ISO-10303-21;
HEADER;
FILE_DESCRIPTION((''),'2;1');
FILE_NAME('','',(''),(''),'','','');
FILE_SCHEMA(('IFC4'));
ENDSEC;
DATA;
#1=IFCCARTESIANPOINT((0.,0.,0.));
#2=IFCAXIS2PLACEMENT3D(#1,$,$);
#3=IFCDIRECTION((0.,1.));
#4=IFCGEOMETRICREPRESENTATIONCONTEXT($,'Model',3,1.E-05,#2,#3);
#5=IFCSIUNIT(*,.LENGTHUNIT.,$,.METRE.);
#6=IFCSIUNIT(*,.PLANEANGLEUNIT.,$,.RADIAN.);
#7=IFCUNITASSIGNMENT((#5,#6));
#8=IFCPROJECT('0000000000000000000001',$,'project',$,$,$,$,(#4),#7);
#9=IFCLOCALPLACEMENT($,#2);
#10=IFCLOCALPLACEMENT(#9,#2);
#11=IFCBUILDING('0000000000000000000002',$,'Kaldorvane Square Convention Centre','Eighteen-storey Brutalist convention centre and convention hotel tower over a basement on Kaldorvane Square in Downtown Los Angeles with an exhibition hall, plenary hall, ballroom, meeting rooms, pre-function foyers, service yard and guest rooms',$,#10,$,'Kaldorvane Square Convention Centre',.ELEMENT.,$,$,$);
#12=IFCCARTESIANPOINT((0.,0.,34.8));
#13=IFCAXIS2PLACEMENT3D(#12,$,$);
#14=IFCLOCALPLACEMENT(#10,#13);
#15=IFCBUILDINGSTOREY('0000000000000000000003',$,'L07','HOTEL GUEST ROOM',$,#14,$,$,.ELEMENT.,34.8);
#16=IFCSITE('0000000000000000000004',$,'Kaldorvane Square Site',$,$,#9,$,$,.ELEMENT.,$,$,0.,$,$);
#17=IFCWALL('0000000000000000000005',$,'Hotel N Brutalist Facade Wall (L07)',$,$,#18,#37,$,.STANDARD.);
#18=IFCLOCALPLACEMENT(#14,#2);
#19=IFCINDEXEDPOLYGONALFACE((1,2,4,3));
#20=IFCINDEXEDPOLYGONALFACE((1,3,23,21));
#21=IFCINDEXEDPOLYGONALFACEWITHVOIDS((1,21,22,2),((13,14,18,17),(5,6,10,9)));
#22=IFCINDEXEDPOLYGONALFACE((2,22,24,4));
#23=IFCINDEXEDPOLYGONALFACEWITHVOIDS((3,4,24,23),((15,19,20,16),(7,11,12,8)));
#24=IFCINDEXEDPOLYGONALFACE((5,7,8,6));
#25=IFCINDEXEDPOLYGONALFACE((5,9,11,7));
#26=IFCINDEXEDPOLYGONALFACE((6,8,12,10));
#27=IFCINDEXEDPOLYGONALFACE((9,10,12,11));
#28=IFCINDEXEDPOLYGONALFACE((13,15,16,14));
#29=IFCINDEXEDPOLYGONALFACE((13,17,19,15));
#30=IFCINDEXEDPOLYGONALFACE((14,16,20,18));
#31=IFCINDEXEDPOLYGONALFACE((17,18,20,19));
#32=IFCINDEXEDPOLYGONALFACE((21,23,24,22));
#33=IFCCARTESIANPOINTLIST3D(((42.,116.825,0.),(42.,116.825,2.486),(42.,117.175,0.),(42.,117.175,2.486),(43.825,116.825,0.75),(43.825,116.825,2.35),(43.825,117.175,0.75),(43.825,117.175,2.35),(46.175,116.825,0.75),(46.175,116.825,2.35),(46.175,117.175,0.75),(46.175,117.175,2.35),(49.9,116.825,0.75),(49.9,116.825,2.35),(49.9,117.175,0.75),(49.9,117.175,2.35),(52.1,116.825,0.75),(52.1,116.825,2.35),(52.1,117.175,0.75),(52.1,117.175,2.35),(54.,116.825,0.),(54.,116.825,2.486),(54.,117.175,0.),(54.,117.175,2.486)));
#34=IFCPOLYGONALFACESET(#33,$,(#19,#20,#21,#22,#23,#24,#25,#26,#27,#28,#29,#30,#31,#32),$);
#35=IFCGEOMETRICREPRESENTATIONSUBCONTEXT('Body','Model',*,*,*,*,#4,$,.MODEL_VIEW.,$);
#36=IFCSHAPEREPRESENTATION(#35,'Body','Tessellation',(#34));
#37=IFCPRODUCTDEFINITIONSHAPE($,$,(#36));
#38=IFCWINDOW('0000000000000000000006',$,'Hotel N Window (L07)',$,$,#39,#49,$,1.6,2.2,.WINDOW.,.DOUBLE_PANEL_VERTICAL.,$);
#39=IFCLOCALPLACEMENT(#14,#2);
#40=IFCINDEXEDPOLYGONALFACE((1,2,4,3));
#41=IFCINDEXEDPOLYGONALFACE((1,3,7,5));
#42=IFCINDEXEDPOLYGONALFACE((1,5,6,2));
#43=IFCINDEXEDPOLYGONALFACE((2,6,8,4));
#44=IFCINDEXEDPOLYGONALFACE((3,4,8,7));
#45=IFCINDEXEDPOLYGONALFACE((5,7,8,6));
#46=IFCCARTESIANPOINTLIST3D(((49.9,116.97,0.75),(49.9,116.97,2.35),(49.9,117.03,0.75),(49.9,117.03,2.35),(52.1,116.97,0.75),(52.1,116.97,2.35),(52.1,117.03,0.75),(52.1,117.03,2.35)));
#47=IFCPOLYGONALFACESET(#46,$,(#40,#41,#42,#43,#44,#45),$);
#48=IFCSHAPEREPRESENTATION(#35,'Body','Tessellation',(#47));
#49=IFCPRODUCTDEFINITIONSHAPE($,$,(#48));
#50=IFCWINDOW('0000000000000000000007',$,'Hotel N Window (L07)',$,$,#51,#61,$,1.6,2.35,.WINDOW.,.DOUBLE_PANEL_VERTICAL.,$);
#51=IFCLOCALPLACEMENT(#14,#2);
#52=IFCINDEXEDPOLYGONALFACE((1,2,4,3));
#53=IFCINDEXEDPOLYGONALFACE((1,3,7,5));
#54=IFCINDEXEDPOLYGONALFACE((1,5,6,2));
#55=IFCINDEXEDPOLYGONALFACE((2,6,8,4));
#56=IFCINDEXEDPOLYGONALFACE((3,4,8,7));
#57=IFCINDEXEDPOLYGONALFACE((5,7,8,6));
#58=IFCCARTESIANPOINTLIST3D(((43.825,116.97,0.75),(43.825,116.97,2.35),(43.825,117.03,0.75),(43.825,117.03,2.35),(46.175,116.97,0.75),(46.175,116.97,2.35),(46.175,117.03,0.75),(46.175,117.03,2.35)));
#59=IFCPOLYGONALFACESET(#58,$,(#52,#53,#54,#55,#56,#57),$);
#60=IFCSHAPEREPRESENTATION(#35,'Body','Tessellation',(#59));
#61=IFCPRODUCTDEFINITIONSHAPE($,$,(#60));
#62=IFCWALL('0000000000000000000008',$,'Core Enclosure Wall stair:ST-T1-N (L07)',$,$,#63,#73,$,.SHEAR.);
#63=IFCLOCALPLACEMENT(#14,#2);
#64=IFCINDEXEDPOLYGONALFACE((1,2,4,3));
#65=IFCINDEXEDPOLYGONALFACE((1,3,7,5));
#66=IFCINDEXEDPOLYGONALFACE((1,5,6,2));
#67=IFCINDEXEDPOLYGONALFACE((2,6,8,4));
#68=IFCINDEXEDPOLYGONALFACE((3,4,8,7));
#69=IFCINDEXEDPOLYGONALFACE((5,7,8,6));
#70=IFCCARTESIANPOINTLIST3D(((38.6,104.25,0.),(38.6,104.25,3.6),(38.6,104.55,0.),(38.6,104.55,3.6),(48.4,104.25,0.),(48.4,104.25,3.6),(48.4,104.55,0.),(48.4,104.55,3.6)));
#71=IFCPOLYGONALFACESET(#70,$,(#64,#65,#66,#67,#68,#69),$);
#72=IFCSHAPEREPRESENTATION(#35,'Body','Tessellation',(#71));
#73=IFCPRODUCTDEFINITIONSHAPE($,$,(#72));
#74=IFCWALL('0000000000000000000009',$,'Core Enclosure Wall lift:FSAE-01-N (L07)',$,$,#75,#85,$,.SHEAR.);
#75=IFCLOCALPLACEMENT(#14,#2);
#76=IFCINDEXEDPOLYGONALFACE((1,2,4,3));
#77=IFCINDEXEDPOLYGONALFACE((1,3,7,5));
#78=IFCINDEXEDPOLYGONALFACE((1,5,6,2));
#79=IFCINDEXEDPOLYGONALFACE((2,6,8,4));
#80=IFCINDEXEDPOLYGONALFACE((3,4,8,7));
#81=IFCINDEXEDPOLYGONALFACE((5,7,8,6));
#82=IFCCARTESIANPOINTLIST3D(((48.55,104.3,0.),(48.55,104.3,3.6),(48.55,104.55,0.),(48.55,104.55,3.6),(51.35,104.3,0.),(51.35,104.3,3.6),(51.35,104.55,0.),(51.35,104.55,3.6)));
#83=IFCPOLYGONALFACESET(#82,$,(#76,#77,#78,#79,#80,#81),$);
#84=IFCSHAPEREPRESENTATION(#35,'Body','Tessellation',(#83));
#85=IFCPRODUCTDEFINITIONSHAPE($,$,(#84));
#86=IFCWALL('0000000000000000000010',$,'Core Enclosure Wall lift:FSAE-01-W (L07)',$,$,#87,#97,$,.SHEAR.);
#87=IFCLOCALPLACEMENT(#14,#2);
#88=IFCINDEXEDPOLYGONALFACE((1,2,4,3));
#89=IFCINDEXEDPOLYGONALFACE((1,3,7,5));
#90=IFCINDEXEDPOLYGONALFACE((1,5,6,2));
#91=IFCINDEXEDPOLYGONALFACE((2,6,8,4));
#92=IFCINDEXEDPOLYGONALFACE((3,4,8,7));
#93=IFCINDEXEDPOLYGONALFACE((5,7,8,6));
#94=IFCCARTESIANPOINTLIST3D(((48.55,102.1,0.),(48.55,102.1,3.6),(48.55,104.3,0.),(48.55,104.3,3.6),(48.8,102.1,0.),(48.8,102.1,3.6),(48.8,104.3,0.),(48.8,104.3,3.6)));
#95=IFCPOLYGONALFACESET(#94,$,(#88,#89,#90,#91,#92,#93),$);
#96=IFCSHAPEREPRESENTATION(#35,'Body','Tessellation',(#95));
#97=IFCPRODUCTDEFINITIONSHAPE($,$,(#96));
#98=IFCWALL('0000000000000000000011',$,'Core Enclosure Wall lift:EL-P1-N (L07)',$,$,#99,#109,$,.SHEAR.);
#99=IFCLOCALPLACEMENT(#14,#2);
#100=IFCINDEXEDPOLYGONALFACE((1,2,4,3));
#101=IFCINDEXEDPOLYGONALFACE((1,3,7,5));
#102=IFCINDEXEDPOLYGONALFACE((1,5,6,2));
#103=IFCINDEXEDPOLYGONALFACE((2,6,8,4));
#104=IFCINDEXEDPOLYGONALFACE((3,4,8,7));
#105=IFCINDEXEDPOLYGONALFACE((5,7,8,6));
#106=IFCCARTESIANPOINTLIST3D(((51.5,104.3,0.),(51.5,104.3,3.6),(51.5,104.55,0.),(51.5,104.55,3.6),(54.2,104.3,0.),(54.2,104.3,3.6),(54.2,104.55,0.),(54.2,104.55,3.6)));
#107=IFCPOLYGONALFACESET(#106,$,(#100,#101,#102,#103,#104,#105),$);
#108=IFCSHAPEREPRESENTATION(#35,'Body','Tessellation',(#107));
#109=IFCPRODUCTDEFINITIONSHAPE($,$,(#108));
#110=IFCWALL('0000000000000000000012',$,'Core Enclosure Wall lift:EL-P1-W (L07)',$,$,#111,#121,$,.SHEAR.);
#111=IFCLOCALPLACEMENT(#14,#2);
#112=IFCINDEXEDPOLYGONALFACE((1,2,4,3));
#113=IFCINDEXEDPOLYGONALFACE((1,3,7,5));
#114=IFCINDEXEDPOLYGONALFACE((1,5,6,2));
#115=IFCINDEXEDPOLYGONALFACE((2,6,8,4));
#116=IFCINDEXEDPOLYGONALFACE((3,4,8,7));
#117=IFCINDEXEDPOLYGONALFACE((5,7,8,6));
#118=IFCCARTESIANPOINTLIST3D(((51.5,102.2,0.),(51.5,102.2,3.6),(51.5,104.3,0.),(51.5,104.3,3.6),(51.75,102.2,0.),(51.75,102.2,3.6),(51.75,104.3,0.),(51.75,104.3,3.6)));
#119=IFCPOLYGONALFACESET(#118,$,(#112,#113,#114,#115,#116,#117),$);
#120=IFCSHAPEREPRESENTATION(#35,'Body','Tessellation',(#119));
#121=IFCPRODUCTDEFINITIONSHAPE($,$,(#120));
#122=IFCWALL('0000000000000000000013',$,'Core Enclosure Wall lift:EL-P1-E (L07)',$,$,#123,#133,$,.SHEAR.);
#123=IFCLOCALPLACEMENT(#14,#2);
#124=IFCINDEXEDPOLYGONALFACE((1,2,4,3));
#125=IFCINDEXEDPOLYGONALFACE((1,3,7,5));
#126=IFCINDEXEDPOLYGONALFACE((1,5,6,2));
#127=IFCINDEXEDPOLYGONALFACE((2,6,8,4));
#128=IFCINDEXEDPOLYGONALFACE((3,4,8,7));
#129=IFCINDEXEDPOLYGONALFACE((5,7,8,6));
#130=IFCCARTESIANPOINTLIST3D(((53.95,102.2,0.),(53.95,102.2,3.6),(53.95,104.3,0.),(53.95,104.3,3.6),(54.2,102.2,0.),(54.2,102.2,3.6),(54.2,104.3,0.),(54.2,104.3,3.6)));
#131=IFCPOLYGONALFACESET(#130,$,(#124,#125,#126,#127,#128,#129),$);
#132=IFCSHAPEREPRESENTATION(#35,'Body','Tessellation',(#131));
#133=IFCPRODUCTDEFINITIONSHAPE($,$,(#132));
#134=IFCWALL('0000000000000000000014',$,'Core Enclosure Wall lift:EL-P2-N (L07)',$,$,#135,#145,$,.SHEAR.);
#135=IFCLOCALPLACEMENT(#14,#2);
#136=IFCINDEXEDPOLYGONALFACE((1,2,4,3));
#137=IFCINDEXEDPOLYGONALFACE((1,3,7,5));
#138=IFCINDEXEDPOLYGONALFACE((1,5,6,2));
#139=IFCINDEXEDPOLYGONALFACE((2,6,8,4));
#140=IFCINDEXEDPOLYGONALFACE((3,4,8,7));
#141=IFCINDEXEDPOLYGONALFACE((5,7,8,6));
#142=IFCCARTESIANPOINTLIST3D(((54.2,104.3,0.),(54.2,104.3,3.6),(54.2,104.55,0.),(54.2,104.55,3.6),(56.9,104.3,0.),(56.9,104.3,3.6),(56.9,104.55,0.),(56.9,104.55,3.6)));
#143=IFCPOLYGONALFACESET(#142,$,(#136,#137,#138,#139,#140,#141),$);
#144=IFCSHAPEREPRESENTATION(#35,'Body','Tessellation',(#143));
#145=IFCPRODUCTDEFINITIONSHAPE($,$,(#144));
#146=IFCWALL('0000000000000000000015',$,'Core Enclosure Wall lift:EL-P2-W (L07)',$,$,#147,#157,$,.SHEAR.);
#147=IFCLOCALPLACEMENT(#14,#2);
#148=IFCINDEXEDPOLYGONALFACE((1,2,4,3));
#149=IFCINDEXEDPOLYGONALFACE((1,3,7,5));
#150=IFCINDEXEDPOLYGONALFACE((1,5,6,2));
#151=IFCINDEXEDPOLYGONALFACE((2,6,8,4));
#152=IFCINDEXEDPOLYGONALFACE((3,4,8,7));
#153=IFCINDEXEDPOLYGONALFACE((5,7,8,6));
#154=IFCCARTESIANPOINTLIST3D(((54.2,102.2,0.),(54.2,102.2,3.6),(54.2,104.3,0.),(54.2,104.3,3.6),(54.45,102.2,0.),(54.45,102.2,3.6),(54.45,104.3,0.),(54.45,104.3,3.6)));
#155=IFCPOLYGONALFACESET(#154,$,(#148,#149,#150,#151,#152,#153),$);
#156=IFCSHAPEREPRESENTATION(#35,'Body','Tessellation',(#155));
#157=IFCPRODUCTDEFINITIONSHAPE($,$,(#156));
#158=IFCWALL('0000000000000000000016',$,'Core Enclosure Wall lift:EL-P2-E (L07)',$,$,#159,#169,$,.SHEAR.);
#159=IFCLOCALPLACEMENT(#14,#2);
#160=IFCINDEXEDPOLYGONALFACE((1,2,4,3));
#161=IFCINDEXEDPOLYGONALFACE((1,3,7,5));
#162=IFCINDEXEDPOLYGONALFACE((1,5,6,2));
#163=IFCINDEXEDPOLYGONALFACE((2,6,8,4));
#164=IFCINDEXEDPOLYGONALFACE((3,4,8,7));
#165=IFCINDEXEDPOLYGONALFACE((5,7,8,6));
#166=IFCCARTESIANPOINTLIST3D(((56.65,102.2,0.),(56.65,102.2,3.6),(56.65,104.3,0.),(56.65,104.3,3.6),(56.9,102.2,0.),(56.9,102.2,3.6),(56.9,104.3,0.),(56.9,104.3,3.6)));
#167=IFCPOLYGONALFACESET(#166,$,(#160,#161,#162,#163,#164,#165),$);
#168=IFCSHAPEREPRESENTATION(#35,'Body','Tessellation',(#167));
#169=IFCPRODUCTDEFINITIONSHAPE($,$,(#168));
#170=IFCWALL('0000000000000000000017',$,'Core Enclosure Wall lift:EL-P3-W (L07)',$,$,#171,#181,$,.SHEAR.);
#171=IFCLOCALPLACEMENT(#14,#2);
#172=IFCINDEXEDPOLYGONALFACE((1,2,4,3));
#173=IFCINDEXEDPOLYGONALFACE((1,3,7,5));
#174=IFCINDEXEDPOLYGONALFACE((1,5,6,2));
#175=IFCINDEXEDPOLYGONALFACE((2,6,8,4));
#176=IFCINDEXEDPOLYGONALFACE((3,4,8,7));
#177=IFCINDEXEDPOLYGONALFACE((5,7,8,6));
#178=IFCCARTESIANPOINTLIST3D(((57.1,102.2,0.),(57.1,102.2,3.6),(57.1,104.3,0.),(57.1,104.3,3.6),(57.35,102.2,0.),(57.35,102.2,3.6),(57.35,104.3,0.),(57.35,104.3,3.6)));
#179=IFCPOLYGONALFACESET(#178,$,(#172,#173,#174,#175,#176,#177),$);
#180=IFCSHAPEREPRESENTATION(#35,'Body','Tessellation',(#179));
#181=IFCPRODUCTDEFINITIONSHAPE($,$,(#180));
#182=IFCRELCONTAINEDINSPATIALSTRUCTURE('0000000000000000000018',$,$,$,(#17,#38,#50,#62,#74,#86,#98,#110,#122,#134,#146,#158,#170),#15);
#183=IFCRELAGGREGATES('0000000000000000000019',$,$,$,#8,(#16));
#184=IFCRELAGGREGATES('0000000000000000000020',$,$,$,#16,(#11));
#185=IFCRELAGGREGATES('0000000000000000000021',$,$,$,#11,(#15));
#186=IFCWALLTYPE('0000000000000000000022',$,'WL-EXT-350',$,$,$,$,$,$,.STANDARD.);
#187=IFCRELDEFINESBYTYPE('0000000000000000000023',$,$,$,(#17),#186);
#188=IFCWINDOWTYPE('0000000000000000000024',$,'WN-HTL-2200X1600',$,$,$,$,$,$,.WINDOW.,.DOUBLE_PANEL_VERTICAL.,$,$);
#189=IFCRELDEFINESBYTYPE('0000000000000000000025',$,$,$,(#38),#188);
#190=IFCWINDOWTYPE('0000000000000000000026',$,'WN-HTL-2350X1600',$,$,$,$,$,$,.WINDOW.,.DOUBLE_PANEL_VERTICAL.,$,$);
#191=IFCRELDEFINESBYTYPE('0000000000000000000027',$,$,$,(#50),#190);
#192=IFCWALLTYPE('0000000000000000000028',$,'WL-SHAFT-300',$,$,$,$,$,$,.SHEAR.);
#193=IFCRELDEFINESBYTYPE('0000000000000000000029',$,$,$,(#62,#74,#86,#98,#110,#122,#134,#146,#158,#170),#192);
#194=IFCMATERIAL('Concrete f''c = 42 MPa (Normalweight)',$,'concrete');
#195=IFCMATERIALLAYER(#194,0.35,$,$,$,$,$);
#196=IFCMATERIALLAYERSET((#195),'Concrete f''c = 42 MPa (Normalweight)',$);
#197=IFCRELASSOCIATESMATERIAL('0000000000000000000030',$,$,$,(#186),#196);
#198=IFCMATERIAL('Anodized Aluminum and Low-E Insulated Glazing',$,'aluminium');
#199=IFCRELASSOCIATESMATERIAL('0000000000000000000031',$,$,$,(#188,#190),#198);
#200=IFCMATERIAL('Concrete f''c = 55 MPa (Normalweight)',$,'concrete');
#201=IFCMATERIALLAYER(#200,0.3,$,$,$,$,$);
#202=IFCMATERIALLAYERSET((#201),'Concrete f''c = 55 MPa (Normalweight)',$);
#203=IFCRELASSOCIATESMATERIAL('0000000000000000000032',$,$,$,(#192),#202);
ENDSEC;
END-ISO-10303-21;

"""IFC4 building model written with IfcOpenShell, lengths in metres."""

from ifc_helpers import new_model, si_unit, direction, frame, frame_2d, origin, place, context, subcontext, project, spatial, rectangle, extrude, material, layer, layer_set, type_object, element, fill, save


model = new_model("IFC4")

# Units and contexts
model_context = context("Model", 3, precision=1e-05, world=origin(), true_north=direction((0.0, 1.0)))
body_context = subcontext(model_context, "Body", "Model", "MODEL_VIEW")
ifc_project = project(units=[si_unit("LENGTHUNIT", "METRE"), si_unit("PLANEANGLEUNIT", "RADIAN")], contexts=[model_context])

# Site, building, storey
site_placement = place(None, origin())
site = spatial("IfcSite", under=ifc_project, at=site_placement, Name="Kaldorvane Square Site", CompositionType="ELEMENT", RefElevation=0.0)
building_placement = place(site_placement, origin())
building = spatial("IfcBuilding", under=site, at=building_placement, Name="Kaldorvane Square Convention Centre", Description="Eighteen-storey Brutalist convention centre and convention hotel tower over a basement on Kaldorvane Square in Downtown Los Angeles with an exhibition hall, plenary hall, ballroom, meeting rooms, pre-function foyers, service yard and guest rooms", LongName="Kaldorvane Square Convention Centre", CompositionType="ELEMENT")
storey_placement = place(building_placement, frame((0.0, 0.0, 34.8)))
storey = spatial("IfcBuildingStorey", under=building, at=storey_placement, Name="L07", Description="HOTEL GUEST ROOM", CompositionType="ELEMENT", Elevation=34.8)

# Shared definitions
ifc_material_1 = material(Name="Concrete f'c = 55 MPa (Normalweight)", Category="concrete")

# Shared definitions
ifc_material_2 = material(Name="Concrete f'c = 42 MPa (Normalweight)", Category="concrete")

# Wall, openings, windows
ifc_layer_1 = layer(ifc_material_2, 0.35)
ifc_layer_set_1 = layer_set([ifc_layer_1], Name="Concrete f'c = 42 MPa (Normalweight)")
wall_type_1 = type_object("IfcWallType", Name="WL-EXT-350", PredefinedType="STANDARD", material=ifc_layer_set_1)
wall_1_placement = place(storey_placement, frame((54.0, 117.0, 0.0), z_axis=(0.0, 0.0, 1.0), x_axis=(-1.0, 0.0, 0.0)))
wall_1 = element("IfcWall", 1, at=wall_1_placement, inside=storey, type_object=wall_type_1, Name="Hotel N Brutalist Facade Wall (L07)", PredefinedType="STANDARD", context=body_context, shape_type="SweptSolid", body=[
    extrude(rectangle(XDim=12.0, YDim=0.35, at=frame_2d((6.0, 0.0))), origin(), (0.0, 0.0, 1.0), 2.486),
])
opening_1_placement = place(wall_1_placement, frame((1.9, 0.0, 0.75)))
opening_1 = element("IfcOpeningElement", 2, at=opening_1_placement, cuts=wall_1, PredefinedType="OPENING", context=body_context, shape_type="SweptSolid", body=[
    extrude(rectangle(XDim=2.2, YDim=1.6, at=frame_2d((1.1, 0.8))), frame((0.0, 0.19, 0.0), z_axis=(0.0, -1.0, 0.0), x_axis=(1.0, 0.0, 0.0)), (0.0, 0.0, 1.0), 0.38),
])
opening_2_placement = place(wall_1_placement, frame((7.825, 0.0, 0.75)))
opening_2 = element("IfcOpeningElement", 3, at=opening_2_placement, cuts=wall_1, PredefinedType="OPENING", context=body_context, shape_type="SweptSolid", body=[
    extrude(rectangle(XDim=2.35, YDim=1.6, at=frame_2d((1.175, 0.8))), frame((0.0, 0.19, 0.0), z_axis=(0.0, -1.0, 0.0), x_axis=(1.0, 0.0, 0.0)), (0.0, 0.0, 1.0), 0.38),
])
ifc_material_3 = material(Name="Anodized Aluminum and Low-E Insulated Glazing", Category="aluminium")
window_type_1 = type_object("IfcWindowType", Name="WN-HTL-2200X1600", PartitioningType="DOUBLE_PANEL_VERTICAL", PredefinedType="WINDOW", material=ifc_material_3)
window_1_placement = place(opening_1_placement, origin())
window_1 = element("IfcWindow", 4, at=window_1_placement, inside=storey, type_object=window_type_1, Name="Hotel N Window (L07)", OverallHeight=1.6, OverallWidth=2.2, PartitioningType="DOUBLE_PANEL_VERTICAL", PredefinedType="WINDOW", context=body_context, shape_type="SweptSolid", body=[
    extrude(rectangle(XDim=2.2, YDim=1.6, at=frame_2d((1.1, 0.8))), frame((0.0, 0.03, 0.0), z_axis=(0.0, -1.0, 0.0), x_axis=(1.0, 0.0, 0.0)), (0.0, 0.0, 1.0), 0.06),
])
fill(opening_1, window_1)
window_type_2 = type_object("IfcWindowType", Name="WN-HTL-2350X1600", PartitioningType="DOUBLE_PANEL_VERTICAL", PredefinedType="WINDOW", material=ifc_material_3)
window_2_placement = place(opening_2_placement, origin())
window_2 = element("IfcWindow", 5, at=window_2_placement, inside=storey, type_object=window_type_2, Name="Hotel N Window (L07)", OverallHeight=1.6, OverallWidth=2.35, PartitioningType="DOUBLE_PANEL_VERTICAL", PredefinedType="WINDOW", context=body_context, shape_type="SweptSolid", body=[
    extrude(rectangle(XDim=2.35, YDim=1.6, at=frame_2d((1.175, 0.8))), frame((0.0, 0.03, 0.0), z_axis=(0.0, -1.0, 0.0), x_axis=(1.0, 0.0, 0.0)), (0.0, 0.0, 1.0), 0.06),
])
fill(opening_2, window_2)

# Walls
ifc_layer_2 = layer(ifc_material_1, 0.3)
ifc_layer_set_2 = layer_set([ifc_layer_2], Name="Concrete f'c = 55 MPa (Normalweight)")
wall_type_2 = type_object("IfcWallType", Name="WL-SHAFT-300", PredefinedType="SHEAR", material=ifc_layer_set_2)
wall_2_placement = place(storey_placement, frame((48.4, 104.4, 0.0), z_axis=(0.0, 0.0, 1.0), x_axis=(-1.0, 0.0, 0.0)))
element("IfcWall", 6, at=wall_2_placement, inside=storey, type_object=wall_type_2, Name="Core Enclosure Wall stair:ST-T1-N (L07)", PredefinedType="SHEAR", context=body_context, shape_type="SweptSolid", body=[
    extrude(rectangle(XDim=9.8, YDim=0.3, at=frame_2d((4.9, 0.0))), origin(), (0.0, 0.0, 1.0), 3.6),
])
wall_3_placement = place(storey_placement, frame((51.35, 104.425, 0.0), z_axis=(0.0, 0.0, 1.0), x_axis=(-1.0, 0.0, 0.0)))
element("IfcWall", 7, at=wall_3_placement, inside=storey, type_object=wall_type_2, Name="Core Enclosure Wall lift:FSAE-01-N (L07)", PredefinedType="SHEAR", context=body_context, shape_type="SweptSolid", body=[
    extrude(rectangle(XDim=2.8, YDim=0.25, at=frame_2d((1.4, 0.0))), origin(), (0.0, 0.0, 1.0), 3.6),
])
wall_4_placement = place(storey_placement, frame((48.675, 104.3, 0.0), z_axis=(0.0, 0.0, 1.0), x_axis=(0.0, -1.0, 0.0)))
element("IfcWall", 8, at=wall_4_placement, inside=storey, type_object=wall_type_2, Name="Core Enclosure Wall lift:FSAE-01-W (L07)", PredefinedType="SHEAR", context=body_context, shape_type="SweptSolid", body=[
    extrude(rectangle(XDim=2.2, YDim=0.25, at=frame_2d((1.1, 0.0))), origin(), (0.0, 0.0, 1.0), 3.6),
])
wall_5_placement = place(storey_placement, frame((54.2, 104.425, 0.0), z_axis=(0.0, 0.0, 1.0), x_axis=(-1.0, 0.0, 0.0)))
element("IfcWall", 9, at=wall_5_placement, inside=storey, type_object=wall_type_2, Name="Core Enclosure Wall lift:EL-P1-N (L07)", PredefinedType="SHEAR", context=body_context, shape_type="SweptSolid", body=[
    extrude(rectangle(XDim=2.7, YDim=0.25, at=frame_2d((1.35, 0.0))), origin(), (0.0, 0.0, 1.0), 3.6),
])
for number, where, z_axis, x_axis, name in (
    (10, (51.625, 104.3, 0.0), (0.0, 0.0, 1.0), (0.0, -1.0, 0.0), "Core Enclosure Wall lift:EL-P1-W (L07)"),
    (11, (54.075, 102.2, 0.0), (0.0, 0.0, 1.0), (0.0, 1.0, 0.0), "Core Enclosure Wall lift:EL-P1-E (L07)"),
):
    element("IfcWall", number, at=place(storey_placement, frame(where, z_axis=z_axis, x_axis=x_axis)), inside=storey, type_object=wall_type_2, Name=name, PredefinedType="SHEAR", context=body_context, shape_type="SweptSolid", body=[
        extrude(rectangle(XDim=2.1, YDim=0.25, at=frame_2d((1.05, 0.0))), origin(), (0.0, 0.0, 1.0), 3.6),
    ])
wall_6_placement = place(storey_placement, frame((56.9, 104.425, 0.0), z_axis=(0.0, 0.0, 1.0), x_axis=(-1.0, 0.0, 0.0)))
element("IfcWall", 12, at=wall_6_placement, inside=storey, type_object=wall_type_2, Name="Core Enclosure Wall lift:EL-P2-N (L07)", PredefinedType="SHEAR", context=body_context, shape_type="SweptSolid", body=[
    extrude(rectangle(XDim=2.7, YDim=0.25, at=frame_2d((1.35, 0.0))), origin(), (0.0, 0.0, 1.0), 3.6),
])
for number, where, z_axis, x_axis, name in (
    (13, (54.325, 104.3, 0.0), (0.0, 0.0, 1.0), (0.0, -1.0, 0.0), "Core Enclosure Wall lift:EL-P2-W (L07)"),
    (14, (56.775, 102.2, 0.0), (0.0, 0.0, 1.0), (0.0, 1.0, 0.0), "Core Enclosure Wall lift:EL-P2-E (L07)"),
    (15, (57.225, 104.3, 0.0), (0.0, 0.0, 1.0), (0.0, -1.0, 0.0), "Core Enclosure Wall lift:EL-P3-W (L07)"),
):
    element("IfcWall", number, at=place(storey_placement, frame(where, z_axis=z_axis, x_axis=x_axis)), inside=storey, type_object=wall_type_2, Name=name, PredefinedType="SHEAR", context=body_context, shape_type="SweptSolid", body=[
        extrude(rectangle(XDim=2.1, YDim=0.25, at=frame_2d((1.05, 0.0))), origin(), (0.0, 0.0, 1.0), 3.6),
    ])

save(model, "model.ifc")
